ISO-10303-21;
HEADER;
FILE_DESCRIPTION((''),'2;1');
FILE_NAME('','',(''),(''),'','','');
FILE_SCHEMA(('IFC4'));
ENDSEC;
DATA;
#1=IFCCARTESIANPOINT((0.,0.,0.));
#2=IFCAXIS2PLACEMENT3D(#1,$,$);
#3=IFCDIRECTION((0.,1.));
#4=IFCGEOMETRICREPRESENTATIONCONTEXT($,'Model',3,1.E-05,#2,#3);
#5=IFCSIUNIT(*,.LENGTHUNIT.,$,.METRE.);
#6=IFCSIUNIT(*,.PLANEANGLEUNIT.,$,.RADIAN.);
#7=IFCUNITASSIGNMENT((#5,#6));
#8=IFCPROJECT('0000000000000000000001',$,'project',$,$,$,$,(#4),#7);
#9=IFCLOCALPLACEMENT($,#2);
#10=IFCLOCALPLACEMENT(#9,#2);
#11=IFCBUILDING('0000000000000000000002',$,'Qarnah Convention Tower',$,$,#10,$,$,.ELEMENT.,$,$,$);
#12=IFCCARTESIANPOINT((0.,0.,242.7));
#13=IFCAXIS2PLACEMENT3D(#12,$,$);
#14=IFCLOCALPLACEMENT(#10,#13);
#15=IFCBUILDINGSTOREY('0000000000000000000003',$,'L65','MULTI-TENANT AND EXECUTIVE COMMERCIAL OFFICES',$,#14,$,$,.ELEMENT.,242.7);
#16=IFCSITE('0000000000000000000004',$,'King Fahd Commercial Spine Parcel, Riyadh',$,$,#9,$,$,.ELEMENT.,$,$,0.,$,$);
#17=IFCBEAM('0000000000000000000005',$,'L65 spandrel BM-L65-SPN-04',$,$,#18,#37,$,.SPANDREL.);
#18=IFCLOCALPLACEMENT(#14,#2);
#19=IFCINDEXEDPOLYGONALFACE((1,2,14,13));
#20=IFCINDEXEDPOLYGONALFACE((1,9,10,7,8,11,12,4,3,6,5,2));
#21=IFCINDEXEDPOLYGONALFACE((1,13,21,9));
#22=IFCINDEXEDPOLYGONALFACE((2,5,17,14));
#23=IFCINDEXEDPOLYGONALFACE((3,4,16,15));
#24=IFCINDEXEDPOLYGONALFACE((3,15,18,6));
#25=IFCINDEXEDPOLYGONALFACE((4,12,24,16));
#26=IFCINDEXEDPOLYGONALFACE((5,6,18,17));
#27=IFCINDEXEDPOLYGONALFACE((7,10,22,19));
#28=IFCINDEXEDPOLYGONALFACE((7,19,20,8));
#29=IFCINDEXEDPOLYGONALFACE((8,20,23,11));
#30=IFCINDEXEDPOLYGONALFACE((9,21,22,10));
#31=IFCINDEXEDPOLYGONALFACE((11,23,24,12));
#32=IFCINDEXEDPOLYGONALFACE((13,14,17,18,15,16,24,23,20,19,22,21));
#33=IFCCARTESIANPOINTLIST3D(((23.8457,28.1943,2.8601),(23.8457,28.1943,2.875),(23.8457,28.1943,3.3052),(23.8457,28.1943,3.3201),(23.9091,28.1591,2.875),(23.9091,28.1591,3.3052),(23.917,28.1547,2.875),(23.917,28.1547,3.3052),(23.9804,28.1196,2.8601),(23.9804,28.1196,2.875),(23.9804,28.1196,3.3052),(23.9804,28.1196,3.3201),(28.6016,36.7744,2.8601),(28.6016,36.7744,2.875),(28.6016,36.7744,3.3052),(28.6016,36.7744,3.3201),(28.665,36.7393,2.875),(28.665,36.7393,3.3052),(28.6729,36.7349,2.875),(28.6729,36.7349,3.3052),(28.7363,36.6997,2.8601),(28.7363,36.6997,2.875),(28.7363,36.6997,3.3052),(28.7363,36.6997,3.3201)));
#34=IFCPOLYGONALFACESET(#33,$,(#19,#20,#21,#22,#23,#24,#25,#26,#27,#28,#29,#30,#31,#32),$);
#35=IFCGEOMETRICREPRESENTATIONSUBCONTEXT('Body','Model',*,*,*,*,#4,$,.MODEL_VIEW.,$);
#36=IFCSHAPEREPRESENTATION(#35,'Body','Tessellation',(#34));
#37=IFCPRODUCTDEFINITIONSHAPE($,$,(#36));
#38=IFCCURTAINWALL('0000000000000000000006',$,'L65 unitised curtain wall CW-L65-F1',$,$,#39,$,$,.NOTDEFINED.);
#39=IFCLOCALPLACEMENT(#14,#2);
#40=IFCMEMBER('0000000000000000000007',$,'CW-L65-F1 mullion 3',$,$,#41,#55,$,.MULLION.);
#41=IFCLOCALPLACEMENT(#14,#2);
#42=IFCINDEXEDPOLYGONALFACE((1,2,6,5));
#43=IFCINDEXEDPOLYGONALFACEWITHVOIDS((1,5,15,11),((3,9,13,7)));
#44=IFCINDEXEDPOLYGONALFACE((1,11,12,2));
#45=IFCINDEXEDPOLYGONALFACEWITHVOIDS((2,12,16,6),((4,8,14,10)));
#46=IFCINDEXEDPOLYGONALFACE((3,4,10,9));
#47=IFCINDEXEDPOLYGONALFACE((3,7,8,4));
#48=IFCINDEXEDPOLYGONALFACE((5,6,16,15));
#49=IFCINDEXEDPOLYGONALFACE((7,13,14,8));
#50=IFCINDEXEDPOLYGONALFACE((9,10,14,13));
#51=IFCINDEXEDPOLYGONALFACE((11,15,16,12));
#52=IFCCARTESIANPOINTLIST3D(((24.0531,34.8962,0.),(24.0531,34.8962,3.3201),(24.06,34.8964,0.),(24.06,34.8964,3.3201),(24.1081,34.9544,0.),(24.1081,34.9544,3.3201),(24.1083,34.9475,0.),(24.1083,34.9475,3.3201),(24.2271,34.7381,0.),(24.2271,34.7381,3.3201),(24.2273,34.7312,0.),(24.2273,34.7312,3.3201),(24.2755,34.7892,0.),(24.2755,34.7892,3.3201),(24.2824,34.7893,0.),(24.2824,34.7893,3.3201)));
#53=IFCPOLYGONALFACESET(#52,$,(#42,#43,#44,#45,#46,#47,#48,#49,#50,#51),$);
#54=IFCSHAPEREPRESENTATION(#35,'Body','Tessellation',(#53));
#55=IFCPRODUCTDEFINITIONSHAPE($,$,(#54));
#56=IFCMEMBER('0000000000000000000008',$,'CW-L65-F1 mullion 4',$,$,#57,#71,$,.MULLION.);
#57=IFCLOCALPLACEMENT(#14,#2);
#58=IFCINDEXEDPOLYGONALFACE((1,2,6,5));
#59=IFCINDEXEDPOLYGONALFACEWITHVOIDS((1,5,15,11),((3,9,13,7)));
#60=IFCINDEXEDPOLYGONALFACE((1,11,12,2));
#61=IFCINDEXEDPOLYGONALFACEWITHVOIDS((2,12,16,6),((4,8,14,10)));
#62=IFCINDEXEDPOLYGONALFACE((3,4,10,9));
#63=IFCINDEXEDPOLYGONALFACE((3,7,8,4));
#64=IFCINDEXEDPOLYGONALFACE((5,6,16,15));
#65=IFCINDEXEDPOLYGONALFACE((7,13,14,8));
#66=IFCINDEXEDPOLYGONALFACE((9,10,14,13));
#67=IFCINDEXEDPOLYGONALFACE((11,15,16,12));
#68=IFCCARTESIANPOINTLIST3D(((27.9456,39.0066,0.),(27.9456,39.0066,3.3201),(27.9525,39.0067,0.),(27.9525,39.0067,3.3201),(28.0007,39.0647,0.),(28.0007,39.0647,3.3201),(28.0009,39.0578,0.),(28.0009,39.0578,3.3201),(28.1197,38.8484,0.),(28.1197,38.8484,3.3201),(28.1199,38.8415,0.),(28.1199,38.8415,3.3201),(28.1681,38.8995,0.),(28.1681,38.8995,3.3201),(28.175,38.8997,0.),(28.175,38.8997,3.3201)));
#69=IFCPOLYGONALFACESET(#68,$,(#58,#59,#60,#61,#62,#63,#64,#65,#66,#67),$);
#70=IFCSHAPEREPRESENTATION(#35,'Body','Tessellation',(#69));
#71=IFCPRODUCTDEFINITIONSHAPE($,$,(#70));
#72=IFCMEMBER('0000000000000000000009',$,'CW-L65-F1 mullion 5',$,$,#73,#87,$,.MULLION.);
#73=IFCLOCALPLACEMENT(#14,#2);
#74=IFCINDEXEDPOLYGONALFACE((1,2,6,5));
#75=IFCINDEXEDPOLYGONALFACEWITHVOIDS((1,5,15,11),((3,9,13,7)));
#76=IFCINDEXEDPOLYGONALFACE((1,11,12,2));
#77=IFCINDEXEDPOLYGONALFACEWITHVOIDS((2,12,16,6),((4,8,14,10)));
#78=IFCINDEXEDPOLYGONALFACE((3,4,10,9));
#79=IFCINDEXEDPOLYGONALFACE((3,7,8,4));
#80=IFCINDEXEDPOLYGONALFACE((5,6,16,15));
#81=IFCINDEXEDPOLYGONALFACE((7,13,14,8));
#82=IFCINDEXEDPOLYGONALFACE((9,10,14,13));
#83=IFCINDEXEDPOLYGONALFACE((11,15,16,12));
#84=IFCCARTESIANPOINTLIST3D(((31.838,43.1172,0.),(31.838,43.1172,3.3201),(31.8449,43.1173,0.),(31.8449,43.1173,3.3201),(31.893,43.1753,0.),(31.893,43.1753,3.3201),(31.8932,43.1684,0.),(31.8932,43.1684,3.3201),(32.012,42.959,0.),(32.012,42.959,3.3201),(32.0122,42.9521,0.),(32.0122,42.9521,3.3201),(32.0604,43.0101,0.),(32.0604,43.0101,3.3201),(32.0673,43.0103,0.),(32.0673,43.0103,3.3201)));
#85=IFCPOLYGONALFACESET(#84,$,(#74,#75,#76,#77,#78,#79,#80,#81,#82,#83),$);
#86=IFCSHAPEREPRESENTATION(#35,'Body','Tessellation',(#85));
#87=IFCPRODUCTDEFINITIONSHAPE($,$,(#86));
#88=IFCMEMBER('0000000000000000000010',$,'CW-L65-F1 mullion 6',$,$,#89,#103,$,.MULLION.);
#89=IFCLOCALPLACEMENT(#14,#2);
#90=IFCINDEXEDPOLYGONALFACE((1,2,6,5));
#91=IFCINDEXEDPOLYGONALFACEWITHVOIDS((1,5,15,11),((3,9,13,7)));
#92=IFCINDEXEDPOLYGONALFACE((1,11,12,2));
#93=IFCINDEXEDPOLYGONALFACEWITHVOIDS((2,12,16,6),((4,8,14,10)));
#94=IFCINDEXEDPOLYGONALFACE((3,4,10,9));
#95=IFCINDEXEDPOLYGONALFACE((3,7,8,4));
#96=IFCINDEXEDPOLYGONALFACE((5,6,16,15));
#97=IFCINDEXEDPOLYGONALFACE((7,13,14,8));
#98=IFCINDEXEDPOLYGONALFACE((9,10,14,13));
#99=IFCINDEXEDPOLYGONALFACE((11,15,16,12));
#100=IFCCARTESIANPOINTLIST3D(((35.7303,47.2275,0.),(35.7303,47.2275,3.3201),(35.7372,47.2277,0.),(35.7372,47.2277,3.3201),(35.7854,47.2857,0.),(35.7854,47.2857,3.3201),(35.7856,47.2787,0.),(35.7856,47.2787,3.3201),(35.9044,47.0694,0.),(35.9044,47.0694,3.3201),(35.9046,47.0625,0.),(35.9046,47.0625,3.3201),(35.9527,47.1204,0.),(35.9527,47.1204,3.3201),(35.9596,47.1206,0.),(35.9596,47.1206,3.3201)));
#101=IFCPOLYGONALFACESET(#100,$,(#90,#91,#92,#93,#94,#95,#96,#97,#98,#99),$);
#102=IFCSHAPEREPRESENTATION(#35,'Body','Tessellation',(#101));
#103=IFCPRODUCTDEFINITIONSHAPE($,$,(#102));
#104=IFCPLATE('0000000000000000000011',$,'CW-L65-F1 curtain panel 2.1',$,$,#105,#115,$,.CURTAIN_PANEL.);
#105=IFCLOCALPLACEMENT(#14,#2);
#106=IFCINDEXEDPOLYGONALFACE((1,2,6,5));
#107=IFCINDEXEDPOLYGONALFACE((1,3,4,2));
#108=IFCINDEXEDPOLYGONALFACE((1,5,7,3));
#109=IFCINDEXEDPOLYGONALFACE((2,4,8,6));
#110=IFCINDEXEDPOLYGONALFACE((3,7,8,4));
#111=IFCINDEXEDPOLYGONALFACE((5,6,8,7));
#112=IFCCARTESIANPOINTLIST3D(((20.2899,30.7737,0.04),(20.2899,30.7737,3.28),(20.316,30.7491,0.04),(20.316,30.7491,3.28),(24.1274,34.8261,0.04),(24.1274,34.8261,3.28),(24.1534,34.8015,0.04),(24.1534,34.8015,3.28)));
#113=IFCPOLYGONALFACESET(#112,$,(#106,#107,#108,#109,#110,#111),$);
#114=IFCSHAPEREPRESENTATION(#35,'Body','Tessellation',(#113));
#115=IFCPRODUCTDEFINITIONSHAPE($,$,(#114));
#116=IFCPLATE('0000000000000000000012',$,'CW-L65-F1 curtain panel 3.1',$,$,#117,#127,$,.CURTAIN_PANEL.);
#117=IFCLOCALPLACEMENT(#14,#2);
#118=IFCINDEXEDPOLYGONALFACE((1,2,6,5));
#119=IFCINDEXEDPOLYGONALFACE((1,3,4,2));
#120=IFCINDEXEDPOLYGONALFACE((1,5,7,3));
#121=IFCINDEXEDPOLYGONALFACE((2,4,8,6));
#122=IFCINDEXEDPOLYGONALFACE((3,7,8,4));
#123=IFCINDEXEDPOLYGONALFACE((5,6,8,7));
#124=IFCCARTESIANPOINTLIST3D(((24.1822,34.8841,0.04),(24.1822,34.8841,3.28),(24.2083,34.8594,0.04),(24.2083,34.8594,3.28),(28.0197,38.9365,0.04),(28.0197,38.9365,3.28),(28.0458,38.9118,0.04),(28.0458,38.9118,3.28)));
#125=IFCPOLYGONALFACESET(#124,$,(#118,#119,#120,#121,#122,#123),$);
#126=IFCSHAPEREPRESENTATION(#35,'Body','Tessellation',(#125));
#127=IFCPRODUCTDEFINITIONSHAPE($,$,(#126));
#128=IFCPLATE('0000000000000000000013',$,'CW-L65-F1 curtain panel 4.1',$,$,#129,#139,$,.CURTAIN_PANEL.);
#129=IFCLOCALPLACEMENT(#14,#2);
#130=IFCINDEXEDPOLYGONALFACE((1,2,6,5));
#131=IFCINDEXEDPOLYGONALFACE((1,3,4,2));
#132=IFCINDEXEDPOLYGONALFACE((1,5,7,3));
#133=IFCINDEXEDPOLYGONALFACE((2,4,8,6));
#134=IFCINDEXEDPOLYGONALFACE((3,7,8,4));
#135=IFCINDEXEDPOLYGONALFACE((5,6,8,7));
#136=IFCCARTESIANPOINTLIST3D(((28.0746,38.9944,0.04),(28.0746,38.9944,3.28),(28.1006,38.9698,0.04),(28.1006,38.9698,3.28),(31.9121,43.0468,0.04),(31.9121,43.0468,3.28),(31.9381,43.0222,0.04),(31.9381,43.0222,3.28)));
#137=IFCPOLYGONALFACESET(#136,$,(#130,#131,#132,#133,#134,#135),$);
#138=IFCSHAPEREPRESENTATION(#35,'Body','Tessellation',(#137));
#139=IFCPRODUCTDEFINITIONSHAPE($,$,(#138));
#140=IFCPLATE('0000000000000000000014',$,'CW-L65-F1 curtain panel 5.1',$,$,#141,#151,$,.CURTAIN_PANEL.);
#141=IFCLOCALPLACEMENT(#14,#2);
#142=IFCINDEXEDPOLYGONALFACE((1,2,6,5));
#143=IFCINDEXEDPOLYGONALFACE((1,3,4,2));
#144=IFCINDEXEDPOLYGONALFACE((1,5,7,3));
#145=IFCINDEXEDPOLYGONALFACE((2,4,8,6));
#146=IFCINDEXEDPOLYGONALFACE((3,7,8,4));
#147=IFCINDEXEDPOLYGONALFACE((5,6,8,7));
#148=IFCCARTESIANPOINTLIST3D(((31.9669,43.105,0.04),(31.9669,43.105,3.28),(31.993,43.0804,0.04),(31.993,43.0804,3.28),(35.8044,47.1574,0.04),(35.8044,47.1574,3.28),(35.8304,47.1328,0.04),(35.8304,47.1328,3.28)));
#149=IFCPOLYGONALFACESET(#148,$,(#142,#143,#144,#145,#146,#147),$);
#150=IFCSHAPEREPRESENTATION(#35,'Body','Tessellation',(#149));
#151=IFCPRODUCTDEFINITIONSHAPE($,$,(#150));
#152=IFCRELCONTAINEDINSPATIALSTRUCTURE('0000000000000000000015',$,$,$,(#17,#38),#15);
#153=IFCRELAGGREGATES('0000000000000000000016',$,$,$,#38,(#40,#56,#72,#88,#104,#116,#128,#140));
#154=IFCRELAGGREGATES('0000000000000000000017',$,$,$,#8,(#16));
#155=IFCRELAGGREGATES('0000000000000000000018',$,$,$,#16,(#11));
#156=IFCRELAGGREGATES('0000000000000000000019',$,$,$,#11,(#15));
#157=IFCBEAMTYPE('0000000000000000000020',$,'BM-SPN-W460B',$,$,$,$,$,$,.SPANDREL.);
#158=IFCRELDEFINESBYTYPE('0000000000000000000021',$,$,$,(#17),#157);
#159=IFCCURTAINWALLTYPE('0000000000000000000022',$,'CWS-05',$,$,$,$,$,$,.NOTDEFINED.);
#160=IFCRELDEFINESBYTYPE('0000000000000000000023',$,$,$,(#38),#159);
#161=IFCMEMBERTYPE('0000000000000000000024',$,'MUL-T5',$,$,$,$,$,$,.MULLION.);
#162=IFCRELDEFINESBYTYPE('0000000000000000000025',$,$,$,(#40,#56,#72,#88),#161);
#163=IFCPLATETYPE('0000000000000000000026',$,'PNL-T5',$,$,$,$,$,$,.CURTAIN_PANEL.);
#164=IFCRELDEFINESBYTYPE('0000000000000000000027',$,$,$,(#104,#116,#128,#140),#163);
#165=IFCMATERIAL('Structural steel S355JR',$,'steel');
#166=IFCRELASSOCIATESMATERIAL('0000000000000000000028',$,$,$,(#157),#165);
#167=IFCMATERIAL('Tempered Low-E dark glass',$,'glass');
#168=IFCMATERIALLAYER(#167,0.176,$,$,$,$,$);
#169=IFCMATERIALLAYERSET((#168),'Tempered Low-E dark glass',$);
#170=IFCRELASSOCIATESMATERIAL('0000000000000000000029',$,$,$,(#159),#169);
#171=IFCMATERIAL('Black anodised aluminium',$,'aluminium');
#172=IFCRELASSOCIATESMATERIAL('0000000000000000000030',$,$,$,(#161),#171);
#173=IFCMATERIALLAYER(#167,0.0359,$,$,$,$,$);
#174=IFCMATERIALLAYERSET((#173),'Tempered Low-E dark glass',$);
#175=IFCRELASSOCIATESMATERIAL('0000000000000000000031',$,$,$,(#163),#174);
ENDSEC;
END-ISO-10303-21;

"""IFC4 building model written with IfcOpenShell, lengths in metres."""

from ifc_helpers import new_model, si_unit, direction, frame, origin, origin_2d, place, context, subcontext, project, spatial, rectangle, hollow_rectangle, i_section, extrude, material, layer, layer_set, material_profile, profile_set, type_object, element, aggregate, save


model = new_model("IFC4")

# Units and contexts
model_context = context("Model", 3, precision=1e-05, world=origin(), true_north=direction((0.0, 1.0)))
body_context = subcontext(model_context, "Body", "Model", "MODEL_VIEW")
ifc_project = project(units=[si_unit("LENGTHUNIT", "METRE"), si_unit("PLANEANGLEUNIT", "RADIAN")], contexts=[model_context])

# Site, building, storey
site_placement = place(None, origin())
site = spatial("IfcSite", under=ifc_project, at=site_placement, Name="King Fahd Commercial Spine Parcel, Riyadh", CompositionType="ELEMENT", RefElevation=0.0)
building_placement = place(site_placement, origin())
building = spatial("IfcBuilding", under=site, at=building_placement, Name="Qarnah Convention Tower", CompositionType="ELEMENT")
storey_placement = place(building_placement, frame((0.0, 0.0, 242.7)))
storey = spatial("IfcBuildingStorey", under=building, at=storey_placement, Name="L65", Description="MULTI-TENANT AND EXECUTIVE COMMERCIAL OFFICES", CompositionType="ELEMENT", Elevation=242.7)

# Beam
ifc_material_1 = material(Name="Structural steel S355JR", Category="steel")
ifc_material_profile_1 = material_profile(ifc_material_1, i_section(OverallWidth=0.1541, OverallDepth=0.46, WebThickness=0.009, FlangeThickness=0.0149, at=origin_2d()), Name="W460X68")
ifc_profile_set_1 = profile_set([ifc_material_profile_1], Name="Structural steel S355JR")
beam_type_1 = type_object("IfcBeamType", Name="BM-SPN-W460B", PredefinedType="SPANDREL", material=ifc_profile_set_1)
beam_1_placement = place(storey_placement, frame((28.6689, 36.7371, 3.0901), z_axis=(-0.484797, -0.874626, 0.0), x_axis=(0.874626, -0.484797, 0.0)))
element("IfcBeam", 1, at=beam_1_placement, inside=storey, type_object=beam_type_1, Name="L65 spandrel BM-L65-SPN-04", PredefinedType="SPANDREL", context=body_context, shape_type="SweptSolid", body=[
    extrude(i_section(OverallWidth=0.1541, OverallDepth=0.46, WebThickness=0.009, FlangeThickness=0.0149, at=origin_2d()), origin(), (0.0, 0.0, 1.0), 9.8101),
])

# Curtain wall, members, plates
ifc_material_2 = material(Name="Tempered Low-E dark glass", Category="glass")
ifc_layer_1 = layer(ifc_material_2, 0.176)
ifc_layer_set_1 = layer_set([ifc_layer_1], Name="Tempered Low-E dark glass")
curtain_wall_type = type_object("IfcCurtainWallType", Name="CWS-05", PredefinedType="NOTDEFINED", material=ifc_layer_set_1)
curtain_wall_placement = place(storey_placement, origin())
curtain_wall = element("IfcCurtainWall", 2, at=curtain_wall_placement, inside=storey, type_object=curtain_wall_type, Name="L65 unitised curtain wall CW-L65-F1", PredefinedType="NOTDEFINED")
ifc_material_3 = material(Name="Black anodised aluminium", Category="aluminium")
ifc_material_profile_2 = material_profile(ifc_material_3, hollow_rectangle(XDim=0.0801, YDim=0.24, WallThickness=0.0049, at=origin_2d()), Name="MUL-80X240")
ifc_profile_set_2 = profile_set([ifc_material_profile_2], Name="Black anodised aluminium")
member_type = type_object("IfcMemberType", Name="MUL-T5", PredefinedType="MULLION", material=ifc_profile_set_2)
member_1_placement = place(storey_placement, frame((24.1677, 34.8428, 0.0), z_axis=(0.0, 0.0, 1.0), x_axis=(0.68759, 0.726099, 0.0)))
member_1 = element("IfcMember", 3, at=member_1_placement, type_object=member_type, Name="CW-L65-F1 mullion 3", PredefinedType="MULLION", context=body_context, shape_type="SweptSolid", body=[
    extrude(hollow_rectangle(XDim=0.0801, YDim=0.24, WallThickness=0.0049, at=origin_2d()), origin(), (0.0, 0.0, 1.0), 3.3201),
])
member_2_placement = place(storey_placement, frame((28.0603, 38.9531, 0.0), z_axis=(0.0, 0.0, 1.0), x_axis=(0.68759, 0.726099, 0.0)))
member_2 = element("IfcMember", 4, at=member_2_placement, type_object=member_type, Name="CW-L65-F1 mullion 4", PredefinedType="MULLION", context=body_context, shape_type="SweptSolid", body=[
    extrude(hollow_rectangle(XDim=0.0801, YDim=0.24, WallThickness=0.0049, at=origin_2d()), origin(), (0.0, 0.0, 1.0), 3.3201),
])
member_3_placement = place(storey_placement, frame((31.9526, 43.0637, 0.0), z_axis=(0.0, 0.0, 1.0), x_axis=(0.68759, 0.726099, 0.0)))
member_3 = element("IfcMember", 5, at=member_3_placement, type_object=member_type, Name="CW-L65-F1 mullion 5", PredefinedType="MULLION", context=body_context, shape_type="SweptSolid", body=[
    extrude(hollow_rectangle(XDim=0.0801, YDim=0.24, WallThickness=0.0049, at=origin_2d()), origin(), (0.0, 0.0, 1.0), 3.3201),
])
member_4_placement = place(storey_placement, frame((35.845, 47.1741, 0.0), z_axis=(0.0, 0.0, 1.0), x_axis=(0.68759, 0.726099, 0.0)))
member_4 = element("IfcMember", 6, at=member_4_placement, type_object=member_type, Name="CW-L65-F1 mullion 6", PredefinedType="MULLION", context=body_context, shape_type="SweptSolid", body=[
    extrude(hollow_rectangle(XDim=0.0801, YDim=0.24, WallThickness=0.0049, at=origin_2d()), origin(), (0.0, 0.0, 1.0), 3.3201),
])
ifc_layer_2 = layer(ifc_material_2, 0.0359)
ifc_layer_set_2 = layer_set([ifc_layer_2], Name="Tempered Low-E dark glass")
plate_type = type_object("IfcPlateType", Name="PNL-T5", PredefinedType="CURTAIN_PANEL", material=ifc_layer_set_2)
plate_1_placement = place(storey_placement, frame((22.2217, 32.7876, 0.04), z_axis=(0.0, 0.0, 1.0), x_axis=(0.68759, 0.726099, 0.0)))
plate_1 = element("IfcPlate", 7, at=plate_1_placement, type_object=plate_type, Name="CW-L65-F1 curtain panel 2.1", PredefinedType="CURTAIN_PANEL", context=body_context, shape_type="SweptSolid", body=[
    extrude(rectangle(XDim=5.5811, YDim=0.0359, at=origin_2d()), origin(), (0.0, 0.0, 1.0), 3.24),
])
plate_2_placement = place(storey_placement, frame((26.114, 36.8979, 0.04), z_axis=(0.0, 0.0, 1.0), x_axis=(0.68759, 0.726099, 0.0)))
plate_2 = element("IfcPlate", 8, at=plate_2_placement, type_object=plate_type, Name="CW-L65-F1 curtain panel 3.1", PredefinedType="CURTAIN_PANEL", context=body_context, shape_type="SweptSolid", body=[
    extrude(rectangle(XDim=5.5811, YDim=0.0359, at=origin_2d()), origin(), (0.0, 0.0, 1.0), 3.24),
])
plate_3_placement = place(storey_placement, frame((30.0063, 41.0083, 0.04), z_axis=(0.0, 0.0, 1.0), x_axis=(0.68759, 0.726099, 0.0)))
plate_3 = element("IfcPlate", 9, at=plate_3_placement, type_object=plate_type, Name="CW-L65-F1 curtain panel 4.1", PredefinedType="CURTAIN_PANEL", context=body_context, shape_type="SweptSolid", body=[
    extrude(rectangle(XDim=5.5811, YDim=0.0359, at=origin_2d()), origin(), (0.0, 0.0, 1.0), 3.24),
])
plate_4_placement = place(storey_placement, frame((33.8987, 45.1189, 0.04), z_axis=(0.0, 0.0, 1.0), x_axis=(0.68759, 0.726099, 0.0)))
plate_4 = element("IfcPlate", 10, at=plate_4_placement, type_object=plate_type, Name="CW-L65-F1 curtain panel 5.1", PredefinedType="CURTAIN_PANEL", context=body_context, shape_type="SweptSolid", body=[
    extrude(rectangle(XDim=5.5811, YDim=0.0359, at=origin_2d()), origin(), (0.0, 0.0, 1.0), 3.24),
])
aggregate(curtain_wall, [member_1, member_2, member_3, member_4, plate_1, plate_2, plate_3, plate_4])

save(model, "model.ifc")
